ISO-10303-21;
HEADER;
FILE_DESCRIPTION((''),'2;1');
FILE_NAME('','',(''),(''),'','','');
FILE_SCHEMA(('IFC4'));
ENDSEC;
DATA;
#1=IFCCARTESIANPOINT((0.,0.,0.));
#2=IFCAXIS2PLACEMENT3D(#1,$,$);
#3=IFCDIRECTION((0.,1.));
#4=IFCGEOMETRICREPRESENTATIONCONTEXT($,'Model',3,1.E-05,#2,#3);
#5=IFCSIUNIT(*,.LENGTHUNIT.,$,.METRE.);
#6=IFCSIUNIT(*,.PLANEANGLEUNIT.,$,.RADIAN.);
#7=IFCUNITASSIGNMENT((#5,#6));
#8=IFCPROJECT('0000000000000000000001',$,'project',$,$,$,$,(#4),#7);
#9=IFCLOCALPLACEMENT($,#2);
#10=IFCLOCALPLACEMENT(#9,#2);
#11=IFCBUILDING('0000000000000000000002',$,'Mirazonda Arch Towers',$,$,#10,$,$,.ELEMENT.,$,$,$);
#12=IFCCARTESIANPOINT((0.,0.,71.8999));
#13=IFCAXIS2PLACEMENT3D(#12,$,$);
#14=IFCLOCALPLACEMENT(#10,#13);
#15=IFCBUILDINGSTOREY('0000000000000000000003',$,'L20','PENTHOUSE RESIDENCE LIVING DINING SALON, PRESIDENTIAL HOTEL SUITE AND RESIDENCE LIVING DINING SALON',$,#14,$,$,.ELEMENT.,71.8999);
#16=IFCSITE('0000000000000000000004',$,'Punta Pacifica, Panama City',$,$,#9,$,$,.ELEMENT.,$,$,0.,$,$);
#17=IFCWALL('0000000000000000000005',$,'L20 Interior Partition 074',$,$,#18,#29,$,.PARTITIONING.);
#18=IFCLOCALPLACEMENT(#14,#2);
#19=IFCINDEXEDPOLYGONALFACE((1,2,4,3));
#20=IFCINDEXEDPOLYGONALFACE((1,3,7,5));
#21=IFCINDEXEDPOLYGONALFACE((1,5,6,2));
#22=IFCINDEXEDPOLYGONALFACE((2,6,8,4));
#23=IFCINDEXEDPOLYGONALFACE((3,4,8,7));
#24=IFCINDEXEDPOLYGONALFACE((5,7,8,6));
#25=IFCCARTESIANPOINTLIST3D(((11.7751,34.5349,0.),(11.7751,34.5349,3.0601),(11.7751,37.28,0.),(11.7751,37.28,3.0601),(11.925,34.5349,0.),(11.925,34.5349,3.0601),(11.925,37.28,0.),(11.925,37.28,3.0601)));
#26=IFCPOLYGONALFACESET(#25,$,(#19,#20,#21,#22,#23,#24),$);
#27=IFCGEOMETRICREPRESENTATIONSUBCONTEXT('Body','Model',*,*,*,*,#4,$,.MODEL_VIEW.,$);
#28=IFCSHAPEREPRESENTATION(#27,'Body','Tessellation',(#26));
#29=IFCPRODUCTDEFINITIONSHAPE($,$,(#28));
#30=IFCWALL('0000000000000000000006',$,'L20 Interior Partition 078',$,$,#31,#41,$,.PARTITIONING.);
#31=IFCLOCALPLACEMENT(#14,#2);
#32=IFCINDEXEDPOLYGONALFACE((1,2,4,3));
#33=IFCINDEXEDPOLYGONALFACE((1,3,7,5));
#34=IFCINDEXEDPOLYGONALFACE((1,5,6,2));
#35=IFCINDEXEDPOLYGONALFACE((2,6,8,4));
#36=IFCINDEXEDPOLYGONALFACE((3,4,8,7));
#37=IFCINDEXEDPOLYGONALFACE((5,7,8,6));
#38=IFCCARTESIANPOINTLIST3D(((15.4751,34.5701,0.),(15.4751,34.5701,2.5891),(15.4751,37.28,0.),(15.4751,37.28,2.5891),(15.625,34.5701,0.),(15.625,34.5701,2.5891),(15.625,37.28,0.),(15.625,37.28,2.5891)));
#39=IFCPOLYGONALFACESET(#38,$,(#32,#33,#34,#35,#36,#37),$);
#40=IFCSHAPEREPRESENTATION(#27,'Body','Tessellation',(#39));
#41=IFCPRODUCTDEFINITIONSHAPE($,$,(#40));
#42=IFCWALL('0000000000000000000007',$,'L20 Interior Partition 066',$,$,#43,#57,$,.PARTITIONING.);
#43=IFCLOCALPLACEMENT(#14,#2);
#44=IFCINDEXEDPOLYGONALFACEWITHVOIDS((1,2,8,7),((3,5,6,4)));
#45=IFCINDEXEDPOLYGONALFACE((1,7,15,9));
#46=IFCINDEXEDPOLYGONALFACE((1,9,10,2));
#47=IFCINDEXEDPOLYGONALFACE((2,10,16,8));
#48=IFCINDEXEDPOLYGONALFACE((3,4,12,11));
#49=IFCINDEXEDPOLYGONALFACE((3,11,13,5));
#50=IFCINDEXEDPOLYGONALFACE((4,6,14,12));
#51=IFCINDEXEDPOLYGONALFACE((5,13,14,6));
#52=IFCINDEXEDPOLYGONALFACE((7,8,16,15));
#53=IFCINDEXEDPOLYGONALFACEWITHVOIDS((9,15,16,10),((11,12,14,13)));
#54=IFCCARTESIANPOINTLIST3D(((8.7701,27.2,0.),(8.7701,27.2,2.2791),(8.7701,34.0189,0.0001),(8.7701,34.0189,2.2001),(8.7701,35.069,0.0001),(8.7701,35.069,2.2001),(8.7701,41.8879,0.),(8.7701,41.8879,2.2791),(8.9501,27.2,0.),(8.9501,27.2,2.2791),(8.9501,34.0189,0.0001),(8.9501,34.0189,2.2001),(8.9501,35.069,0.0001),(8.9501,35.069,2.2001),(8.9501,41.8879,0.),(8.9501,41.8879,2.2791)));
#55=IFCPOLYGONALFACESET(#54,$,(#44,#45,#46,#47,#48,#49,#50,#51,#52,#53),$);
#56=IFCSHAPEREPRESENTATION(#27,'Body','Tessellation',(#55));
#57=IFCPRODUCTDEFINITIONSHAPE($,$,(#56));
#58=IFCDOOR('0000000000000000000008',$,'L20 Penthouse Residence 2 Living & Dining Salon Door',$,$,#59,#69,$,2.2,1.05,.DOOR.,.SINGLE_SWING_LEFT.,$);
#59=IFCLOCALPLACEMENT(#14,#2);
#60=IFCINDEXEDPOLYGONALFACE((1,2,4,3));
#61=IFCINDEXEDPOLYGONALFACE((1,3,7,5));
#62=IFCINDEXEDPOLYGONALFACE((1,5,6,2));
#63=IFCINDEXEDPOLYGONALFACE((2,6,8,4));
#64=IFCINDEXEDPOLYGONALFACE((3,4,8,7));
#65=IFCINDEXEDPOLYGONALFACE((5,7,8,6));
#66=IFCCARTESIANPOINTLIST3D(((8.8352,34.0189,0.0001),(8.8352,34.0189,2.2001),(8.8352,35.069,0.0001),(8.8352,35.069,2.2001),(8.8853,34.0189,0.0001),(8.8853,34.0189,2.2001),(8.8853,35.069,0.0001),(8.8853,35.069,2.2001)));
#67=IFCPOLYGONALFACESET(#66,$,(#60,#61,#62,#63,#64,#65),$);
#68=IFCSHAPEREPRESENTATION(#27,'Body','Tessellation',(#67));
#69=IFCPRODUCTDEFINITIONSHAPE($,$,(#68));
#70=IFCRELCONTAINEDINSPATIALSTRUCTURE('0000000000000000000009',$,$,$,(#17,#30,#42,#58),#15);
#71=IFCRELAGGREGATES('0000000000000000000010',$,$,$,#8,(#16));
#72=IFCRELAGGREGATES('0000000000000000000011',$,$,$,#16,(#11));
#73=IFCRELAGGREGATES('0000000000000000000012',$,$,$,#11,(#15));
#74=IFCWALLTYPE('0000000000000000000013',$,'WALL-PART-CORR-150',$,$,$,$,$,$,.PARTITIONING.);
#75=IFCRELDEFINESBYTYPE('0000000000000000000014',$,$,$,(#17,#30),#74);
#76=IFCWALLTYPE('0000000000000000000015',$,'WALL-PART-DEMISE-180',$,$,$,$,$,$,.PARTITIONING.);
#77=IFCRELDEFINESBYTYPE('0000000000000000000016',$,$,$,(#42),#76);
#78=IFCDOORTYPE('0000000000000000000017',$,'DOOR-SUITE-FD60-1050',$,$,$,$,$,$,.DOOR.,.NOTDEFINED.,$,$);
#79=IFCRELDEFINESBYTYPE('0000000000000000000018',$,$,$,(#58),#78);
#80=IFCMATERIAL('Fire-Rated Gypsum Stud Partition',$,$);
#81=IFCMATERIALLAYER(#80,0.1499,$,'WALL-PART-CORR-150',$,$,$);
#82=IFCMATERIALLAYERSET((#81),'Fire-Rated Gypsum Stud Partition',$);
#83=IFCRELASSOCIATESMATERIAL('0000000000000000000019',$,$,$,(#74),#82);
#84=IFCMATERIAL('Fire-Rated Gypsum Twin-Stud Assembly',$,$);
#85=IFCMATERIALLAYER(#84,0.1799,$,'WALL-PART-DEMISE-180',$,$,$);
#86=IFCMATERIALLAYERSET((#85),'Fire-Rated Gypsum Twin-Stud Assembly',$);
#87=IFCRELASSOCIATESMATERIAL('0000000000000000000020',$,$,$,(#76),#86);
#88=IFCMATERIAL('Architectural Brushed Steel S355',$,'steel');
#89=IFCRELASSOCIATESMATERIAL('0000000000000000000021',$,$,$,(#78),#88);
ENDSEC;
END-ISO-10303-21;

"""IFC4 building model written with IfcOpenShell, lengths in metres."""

from ifc_helpers import new_model, si_unit, direction, frame, frame_2d, origin, place, context, subcontext, project, spatial, rectangle, extrude, material, layer, layer_set, type_object, element, fill, save


model = new_model("IFC4")

# Units and contexts
model_context = context("Model", 3, precision=1e-05, world=origin(), true_north=direction((0.0, 1.0)))
body_context = subcontext(model_context, "Body", "Model", "MODEL_VIEW")
ifc_project = project(units=[si_unit("LENGTHUNIT", "METRE"), si_unit("PLANEANGLEUNIT", "RADIAN")], contexts=[model_context])

# Site, building, storey
site_placement = place(None, origin())
site = spatial("IfcSite", under=ifc_project, at=site_placement, Name="Punta Pacifica, Panama City", CompositionType="ELEMENT", RefElevation=0.0)
building_placement = place(site_placement, origin())
building = spatial("IfcBuilding", under=site, at=building_placement, Name="Mirazonda Arch Towers", CompositionType="ELEMENT")
storey_placement = place(building_placement, frame((0.0, 0.0, 71.8999)))
storey = spatial("IfcBuildingStorey", under=building, at=storey_placement, Name="L20", Description="PENTHOUSE RESIDENCE LIVING DINING SALON, PRESIDENTIAL HOTEL SUITE AND RESIDENCE LIVING DINING SALON", CompositionType="ELEMENT", Elevation=71.8999)

# Shared definitions
ifc_material_1 = material(Name="Architectural Brushed Steel S355", Category="steel")
ifc_material_2 = material(Name="Fire-Rated Gypsum Stud Partition")
ifc_layer_1 = layer(ifc_material_2, 0.1499, Name="WALL-PART-CORR-150")
ifc_layer_set_1 = layer_set([ifc_layer_1], Name="Fire-Rated Gypsum Stud Partition")
wall_type_1 = type_object("IfcWallType", Name="WALL-PART-CORR-150", PredefinedType="PARTITIONING", material=ifc_layer_set_1)

# Walls
wall_1_placement = place(storey_placement, frame((11.8501, 34.5349, 0.0), z_axis=(0.0, 0.0, 1.0), x_axis=(0.0, 1.0, 0.0)))
element("IfcWall", 1, at=wall_1_placement, inside=storey, type_object=wall_type_1, Name="L20 Interior Partition 074", PredefinedType="PARTITIONING", context=body_context, shape_type="SweptSolid", body=[
    extrude(rectangle(XDim=2.7451, YDim=0.1499, at=frame_2d((1.3726, 0.0))), origin(), (0.0, 0.0, 1.0), 3.0601),
])
wall_2_placement = place(storey_placement, frame((15.55, 34.5701, 0.0), z_axis=(0.0, 0.0, 1.0), x_axis=(0.0, 1.0, 0.0)))
element("IfcWall", 2, at=wall_2_placement, inside=storey, type_object=wall_type_1, Name="L20 Interior Partition 078", PredefinedType="PARTITIONING", context=body_context, shape_type="SweptSolid", body=[
    extrude(rectangle(XDim=2.71, YDim=0.1499, at=frame_2d((1.355, 0.0))), origin(), (0.0, 0.0, 1.0), 2.5891),
])

# Wall, opening, door
ifc_material_3 = material(Name="Fire-Rated Gypsum Twin-Stud Assembly")
ifc_layer_2 = layer(ifc_material_3, 0.1799, Name="WALL-PART-DEMISE-180")
ifc_layer_set_2 = layer_set([ifc_layer_2], Name="Fire-Rated Gypsum Twin-Stud Assembly")
wall_type_2 = type_object("IfcWallType", Name="WALL-PART-DEMISE-180", PredefinedType="PARTITIONING", material=ifc_layer_set_2)
wall_3_placement = place(storey_placement, frame((8.8601, 27.2, 0.0), z_axis=(0.0, 0.0, 1.0), x_axis=(0.0, 1.0, 0.0)))
wall_3 = element("IfcWall", 3, at=wall_3_placement, inside=storey, type_object=wall_type_2, Name="L20 Interior Partition 066", PredefinedType="PARTITIONING", context=body_context, shape_type="SweptSolid", body=[
    extrude(rectangle(XDim=14.688, YDim=0.1799, at=frame_2d((7.344, 0.0))), origin(), (0.0, 0.0, 1.0), 2.2791),
])
opening_1_placement = place(wall_3_placement, frame((6.8191, 0.0, 0.0)))
opening_1 = element("IfcOpeningElement", 4, at=opening_1_placement, cuts=wall_3, PredefinedType="OPENING", context=body_context, shape_type="SweptSolid", body=[
    extrude(rectangle(XDim=1.05, YDim=2.2, at=frame_2d((0.5249, 1.1001))), frame((0.0, 0.0999, 0.0), z_axis=(0.0, -1.0, 0.0), x_axis=(1.0, 0.0, 0.0)), (0.0, 0.0, 1.0), 0.2),
])
door_type_1 = type_object("IfcDoorType", Name="DOOR-SUITE-FD60-1050", OperationType="NOTDEFINED", PredefinedType="DOOR", material=ifc_material_1)
door_1_placement = place(opening_1_placement, origin())
door_1 = element("IfcDoor", 5, at=door_1_placement, inside=storey, type_object=door_type_1, Name="L20 Penthouse Residence 2 Living & Dining Salon Door", OperationType="SINGLE_SWING_LEFT", OverallHeight=2.2, OverallWidth=1.05, PredefinedType="DOOR", context=body_context, shape_type="SweptSolid", body=[
    extrude(rectangle(XDim=1.05, YDim=2.2, at=frame_2d((0.5249, 1.1001))), frame((0.0, 0.0249, 0.0), z_axis=(0.0, -1.0, 0.0), x_axis=(1.0, 0.0, 0.0)), (0.0, 0.0, 1.0), 0.05),
])
fill(opening_1, door_1)

save(model, "model.ifc")
